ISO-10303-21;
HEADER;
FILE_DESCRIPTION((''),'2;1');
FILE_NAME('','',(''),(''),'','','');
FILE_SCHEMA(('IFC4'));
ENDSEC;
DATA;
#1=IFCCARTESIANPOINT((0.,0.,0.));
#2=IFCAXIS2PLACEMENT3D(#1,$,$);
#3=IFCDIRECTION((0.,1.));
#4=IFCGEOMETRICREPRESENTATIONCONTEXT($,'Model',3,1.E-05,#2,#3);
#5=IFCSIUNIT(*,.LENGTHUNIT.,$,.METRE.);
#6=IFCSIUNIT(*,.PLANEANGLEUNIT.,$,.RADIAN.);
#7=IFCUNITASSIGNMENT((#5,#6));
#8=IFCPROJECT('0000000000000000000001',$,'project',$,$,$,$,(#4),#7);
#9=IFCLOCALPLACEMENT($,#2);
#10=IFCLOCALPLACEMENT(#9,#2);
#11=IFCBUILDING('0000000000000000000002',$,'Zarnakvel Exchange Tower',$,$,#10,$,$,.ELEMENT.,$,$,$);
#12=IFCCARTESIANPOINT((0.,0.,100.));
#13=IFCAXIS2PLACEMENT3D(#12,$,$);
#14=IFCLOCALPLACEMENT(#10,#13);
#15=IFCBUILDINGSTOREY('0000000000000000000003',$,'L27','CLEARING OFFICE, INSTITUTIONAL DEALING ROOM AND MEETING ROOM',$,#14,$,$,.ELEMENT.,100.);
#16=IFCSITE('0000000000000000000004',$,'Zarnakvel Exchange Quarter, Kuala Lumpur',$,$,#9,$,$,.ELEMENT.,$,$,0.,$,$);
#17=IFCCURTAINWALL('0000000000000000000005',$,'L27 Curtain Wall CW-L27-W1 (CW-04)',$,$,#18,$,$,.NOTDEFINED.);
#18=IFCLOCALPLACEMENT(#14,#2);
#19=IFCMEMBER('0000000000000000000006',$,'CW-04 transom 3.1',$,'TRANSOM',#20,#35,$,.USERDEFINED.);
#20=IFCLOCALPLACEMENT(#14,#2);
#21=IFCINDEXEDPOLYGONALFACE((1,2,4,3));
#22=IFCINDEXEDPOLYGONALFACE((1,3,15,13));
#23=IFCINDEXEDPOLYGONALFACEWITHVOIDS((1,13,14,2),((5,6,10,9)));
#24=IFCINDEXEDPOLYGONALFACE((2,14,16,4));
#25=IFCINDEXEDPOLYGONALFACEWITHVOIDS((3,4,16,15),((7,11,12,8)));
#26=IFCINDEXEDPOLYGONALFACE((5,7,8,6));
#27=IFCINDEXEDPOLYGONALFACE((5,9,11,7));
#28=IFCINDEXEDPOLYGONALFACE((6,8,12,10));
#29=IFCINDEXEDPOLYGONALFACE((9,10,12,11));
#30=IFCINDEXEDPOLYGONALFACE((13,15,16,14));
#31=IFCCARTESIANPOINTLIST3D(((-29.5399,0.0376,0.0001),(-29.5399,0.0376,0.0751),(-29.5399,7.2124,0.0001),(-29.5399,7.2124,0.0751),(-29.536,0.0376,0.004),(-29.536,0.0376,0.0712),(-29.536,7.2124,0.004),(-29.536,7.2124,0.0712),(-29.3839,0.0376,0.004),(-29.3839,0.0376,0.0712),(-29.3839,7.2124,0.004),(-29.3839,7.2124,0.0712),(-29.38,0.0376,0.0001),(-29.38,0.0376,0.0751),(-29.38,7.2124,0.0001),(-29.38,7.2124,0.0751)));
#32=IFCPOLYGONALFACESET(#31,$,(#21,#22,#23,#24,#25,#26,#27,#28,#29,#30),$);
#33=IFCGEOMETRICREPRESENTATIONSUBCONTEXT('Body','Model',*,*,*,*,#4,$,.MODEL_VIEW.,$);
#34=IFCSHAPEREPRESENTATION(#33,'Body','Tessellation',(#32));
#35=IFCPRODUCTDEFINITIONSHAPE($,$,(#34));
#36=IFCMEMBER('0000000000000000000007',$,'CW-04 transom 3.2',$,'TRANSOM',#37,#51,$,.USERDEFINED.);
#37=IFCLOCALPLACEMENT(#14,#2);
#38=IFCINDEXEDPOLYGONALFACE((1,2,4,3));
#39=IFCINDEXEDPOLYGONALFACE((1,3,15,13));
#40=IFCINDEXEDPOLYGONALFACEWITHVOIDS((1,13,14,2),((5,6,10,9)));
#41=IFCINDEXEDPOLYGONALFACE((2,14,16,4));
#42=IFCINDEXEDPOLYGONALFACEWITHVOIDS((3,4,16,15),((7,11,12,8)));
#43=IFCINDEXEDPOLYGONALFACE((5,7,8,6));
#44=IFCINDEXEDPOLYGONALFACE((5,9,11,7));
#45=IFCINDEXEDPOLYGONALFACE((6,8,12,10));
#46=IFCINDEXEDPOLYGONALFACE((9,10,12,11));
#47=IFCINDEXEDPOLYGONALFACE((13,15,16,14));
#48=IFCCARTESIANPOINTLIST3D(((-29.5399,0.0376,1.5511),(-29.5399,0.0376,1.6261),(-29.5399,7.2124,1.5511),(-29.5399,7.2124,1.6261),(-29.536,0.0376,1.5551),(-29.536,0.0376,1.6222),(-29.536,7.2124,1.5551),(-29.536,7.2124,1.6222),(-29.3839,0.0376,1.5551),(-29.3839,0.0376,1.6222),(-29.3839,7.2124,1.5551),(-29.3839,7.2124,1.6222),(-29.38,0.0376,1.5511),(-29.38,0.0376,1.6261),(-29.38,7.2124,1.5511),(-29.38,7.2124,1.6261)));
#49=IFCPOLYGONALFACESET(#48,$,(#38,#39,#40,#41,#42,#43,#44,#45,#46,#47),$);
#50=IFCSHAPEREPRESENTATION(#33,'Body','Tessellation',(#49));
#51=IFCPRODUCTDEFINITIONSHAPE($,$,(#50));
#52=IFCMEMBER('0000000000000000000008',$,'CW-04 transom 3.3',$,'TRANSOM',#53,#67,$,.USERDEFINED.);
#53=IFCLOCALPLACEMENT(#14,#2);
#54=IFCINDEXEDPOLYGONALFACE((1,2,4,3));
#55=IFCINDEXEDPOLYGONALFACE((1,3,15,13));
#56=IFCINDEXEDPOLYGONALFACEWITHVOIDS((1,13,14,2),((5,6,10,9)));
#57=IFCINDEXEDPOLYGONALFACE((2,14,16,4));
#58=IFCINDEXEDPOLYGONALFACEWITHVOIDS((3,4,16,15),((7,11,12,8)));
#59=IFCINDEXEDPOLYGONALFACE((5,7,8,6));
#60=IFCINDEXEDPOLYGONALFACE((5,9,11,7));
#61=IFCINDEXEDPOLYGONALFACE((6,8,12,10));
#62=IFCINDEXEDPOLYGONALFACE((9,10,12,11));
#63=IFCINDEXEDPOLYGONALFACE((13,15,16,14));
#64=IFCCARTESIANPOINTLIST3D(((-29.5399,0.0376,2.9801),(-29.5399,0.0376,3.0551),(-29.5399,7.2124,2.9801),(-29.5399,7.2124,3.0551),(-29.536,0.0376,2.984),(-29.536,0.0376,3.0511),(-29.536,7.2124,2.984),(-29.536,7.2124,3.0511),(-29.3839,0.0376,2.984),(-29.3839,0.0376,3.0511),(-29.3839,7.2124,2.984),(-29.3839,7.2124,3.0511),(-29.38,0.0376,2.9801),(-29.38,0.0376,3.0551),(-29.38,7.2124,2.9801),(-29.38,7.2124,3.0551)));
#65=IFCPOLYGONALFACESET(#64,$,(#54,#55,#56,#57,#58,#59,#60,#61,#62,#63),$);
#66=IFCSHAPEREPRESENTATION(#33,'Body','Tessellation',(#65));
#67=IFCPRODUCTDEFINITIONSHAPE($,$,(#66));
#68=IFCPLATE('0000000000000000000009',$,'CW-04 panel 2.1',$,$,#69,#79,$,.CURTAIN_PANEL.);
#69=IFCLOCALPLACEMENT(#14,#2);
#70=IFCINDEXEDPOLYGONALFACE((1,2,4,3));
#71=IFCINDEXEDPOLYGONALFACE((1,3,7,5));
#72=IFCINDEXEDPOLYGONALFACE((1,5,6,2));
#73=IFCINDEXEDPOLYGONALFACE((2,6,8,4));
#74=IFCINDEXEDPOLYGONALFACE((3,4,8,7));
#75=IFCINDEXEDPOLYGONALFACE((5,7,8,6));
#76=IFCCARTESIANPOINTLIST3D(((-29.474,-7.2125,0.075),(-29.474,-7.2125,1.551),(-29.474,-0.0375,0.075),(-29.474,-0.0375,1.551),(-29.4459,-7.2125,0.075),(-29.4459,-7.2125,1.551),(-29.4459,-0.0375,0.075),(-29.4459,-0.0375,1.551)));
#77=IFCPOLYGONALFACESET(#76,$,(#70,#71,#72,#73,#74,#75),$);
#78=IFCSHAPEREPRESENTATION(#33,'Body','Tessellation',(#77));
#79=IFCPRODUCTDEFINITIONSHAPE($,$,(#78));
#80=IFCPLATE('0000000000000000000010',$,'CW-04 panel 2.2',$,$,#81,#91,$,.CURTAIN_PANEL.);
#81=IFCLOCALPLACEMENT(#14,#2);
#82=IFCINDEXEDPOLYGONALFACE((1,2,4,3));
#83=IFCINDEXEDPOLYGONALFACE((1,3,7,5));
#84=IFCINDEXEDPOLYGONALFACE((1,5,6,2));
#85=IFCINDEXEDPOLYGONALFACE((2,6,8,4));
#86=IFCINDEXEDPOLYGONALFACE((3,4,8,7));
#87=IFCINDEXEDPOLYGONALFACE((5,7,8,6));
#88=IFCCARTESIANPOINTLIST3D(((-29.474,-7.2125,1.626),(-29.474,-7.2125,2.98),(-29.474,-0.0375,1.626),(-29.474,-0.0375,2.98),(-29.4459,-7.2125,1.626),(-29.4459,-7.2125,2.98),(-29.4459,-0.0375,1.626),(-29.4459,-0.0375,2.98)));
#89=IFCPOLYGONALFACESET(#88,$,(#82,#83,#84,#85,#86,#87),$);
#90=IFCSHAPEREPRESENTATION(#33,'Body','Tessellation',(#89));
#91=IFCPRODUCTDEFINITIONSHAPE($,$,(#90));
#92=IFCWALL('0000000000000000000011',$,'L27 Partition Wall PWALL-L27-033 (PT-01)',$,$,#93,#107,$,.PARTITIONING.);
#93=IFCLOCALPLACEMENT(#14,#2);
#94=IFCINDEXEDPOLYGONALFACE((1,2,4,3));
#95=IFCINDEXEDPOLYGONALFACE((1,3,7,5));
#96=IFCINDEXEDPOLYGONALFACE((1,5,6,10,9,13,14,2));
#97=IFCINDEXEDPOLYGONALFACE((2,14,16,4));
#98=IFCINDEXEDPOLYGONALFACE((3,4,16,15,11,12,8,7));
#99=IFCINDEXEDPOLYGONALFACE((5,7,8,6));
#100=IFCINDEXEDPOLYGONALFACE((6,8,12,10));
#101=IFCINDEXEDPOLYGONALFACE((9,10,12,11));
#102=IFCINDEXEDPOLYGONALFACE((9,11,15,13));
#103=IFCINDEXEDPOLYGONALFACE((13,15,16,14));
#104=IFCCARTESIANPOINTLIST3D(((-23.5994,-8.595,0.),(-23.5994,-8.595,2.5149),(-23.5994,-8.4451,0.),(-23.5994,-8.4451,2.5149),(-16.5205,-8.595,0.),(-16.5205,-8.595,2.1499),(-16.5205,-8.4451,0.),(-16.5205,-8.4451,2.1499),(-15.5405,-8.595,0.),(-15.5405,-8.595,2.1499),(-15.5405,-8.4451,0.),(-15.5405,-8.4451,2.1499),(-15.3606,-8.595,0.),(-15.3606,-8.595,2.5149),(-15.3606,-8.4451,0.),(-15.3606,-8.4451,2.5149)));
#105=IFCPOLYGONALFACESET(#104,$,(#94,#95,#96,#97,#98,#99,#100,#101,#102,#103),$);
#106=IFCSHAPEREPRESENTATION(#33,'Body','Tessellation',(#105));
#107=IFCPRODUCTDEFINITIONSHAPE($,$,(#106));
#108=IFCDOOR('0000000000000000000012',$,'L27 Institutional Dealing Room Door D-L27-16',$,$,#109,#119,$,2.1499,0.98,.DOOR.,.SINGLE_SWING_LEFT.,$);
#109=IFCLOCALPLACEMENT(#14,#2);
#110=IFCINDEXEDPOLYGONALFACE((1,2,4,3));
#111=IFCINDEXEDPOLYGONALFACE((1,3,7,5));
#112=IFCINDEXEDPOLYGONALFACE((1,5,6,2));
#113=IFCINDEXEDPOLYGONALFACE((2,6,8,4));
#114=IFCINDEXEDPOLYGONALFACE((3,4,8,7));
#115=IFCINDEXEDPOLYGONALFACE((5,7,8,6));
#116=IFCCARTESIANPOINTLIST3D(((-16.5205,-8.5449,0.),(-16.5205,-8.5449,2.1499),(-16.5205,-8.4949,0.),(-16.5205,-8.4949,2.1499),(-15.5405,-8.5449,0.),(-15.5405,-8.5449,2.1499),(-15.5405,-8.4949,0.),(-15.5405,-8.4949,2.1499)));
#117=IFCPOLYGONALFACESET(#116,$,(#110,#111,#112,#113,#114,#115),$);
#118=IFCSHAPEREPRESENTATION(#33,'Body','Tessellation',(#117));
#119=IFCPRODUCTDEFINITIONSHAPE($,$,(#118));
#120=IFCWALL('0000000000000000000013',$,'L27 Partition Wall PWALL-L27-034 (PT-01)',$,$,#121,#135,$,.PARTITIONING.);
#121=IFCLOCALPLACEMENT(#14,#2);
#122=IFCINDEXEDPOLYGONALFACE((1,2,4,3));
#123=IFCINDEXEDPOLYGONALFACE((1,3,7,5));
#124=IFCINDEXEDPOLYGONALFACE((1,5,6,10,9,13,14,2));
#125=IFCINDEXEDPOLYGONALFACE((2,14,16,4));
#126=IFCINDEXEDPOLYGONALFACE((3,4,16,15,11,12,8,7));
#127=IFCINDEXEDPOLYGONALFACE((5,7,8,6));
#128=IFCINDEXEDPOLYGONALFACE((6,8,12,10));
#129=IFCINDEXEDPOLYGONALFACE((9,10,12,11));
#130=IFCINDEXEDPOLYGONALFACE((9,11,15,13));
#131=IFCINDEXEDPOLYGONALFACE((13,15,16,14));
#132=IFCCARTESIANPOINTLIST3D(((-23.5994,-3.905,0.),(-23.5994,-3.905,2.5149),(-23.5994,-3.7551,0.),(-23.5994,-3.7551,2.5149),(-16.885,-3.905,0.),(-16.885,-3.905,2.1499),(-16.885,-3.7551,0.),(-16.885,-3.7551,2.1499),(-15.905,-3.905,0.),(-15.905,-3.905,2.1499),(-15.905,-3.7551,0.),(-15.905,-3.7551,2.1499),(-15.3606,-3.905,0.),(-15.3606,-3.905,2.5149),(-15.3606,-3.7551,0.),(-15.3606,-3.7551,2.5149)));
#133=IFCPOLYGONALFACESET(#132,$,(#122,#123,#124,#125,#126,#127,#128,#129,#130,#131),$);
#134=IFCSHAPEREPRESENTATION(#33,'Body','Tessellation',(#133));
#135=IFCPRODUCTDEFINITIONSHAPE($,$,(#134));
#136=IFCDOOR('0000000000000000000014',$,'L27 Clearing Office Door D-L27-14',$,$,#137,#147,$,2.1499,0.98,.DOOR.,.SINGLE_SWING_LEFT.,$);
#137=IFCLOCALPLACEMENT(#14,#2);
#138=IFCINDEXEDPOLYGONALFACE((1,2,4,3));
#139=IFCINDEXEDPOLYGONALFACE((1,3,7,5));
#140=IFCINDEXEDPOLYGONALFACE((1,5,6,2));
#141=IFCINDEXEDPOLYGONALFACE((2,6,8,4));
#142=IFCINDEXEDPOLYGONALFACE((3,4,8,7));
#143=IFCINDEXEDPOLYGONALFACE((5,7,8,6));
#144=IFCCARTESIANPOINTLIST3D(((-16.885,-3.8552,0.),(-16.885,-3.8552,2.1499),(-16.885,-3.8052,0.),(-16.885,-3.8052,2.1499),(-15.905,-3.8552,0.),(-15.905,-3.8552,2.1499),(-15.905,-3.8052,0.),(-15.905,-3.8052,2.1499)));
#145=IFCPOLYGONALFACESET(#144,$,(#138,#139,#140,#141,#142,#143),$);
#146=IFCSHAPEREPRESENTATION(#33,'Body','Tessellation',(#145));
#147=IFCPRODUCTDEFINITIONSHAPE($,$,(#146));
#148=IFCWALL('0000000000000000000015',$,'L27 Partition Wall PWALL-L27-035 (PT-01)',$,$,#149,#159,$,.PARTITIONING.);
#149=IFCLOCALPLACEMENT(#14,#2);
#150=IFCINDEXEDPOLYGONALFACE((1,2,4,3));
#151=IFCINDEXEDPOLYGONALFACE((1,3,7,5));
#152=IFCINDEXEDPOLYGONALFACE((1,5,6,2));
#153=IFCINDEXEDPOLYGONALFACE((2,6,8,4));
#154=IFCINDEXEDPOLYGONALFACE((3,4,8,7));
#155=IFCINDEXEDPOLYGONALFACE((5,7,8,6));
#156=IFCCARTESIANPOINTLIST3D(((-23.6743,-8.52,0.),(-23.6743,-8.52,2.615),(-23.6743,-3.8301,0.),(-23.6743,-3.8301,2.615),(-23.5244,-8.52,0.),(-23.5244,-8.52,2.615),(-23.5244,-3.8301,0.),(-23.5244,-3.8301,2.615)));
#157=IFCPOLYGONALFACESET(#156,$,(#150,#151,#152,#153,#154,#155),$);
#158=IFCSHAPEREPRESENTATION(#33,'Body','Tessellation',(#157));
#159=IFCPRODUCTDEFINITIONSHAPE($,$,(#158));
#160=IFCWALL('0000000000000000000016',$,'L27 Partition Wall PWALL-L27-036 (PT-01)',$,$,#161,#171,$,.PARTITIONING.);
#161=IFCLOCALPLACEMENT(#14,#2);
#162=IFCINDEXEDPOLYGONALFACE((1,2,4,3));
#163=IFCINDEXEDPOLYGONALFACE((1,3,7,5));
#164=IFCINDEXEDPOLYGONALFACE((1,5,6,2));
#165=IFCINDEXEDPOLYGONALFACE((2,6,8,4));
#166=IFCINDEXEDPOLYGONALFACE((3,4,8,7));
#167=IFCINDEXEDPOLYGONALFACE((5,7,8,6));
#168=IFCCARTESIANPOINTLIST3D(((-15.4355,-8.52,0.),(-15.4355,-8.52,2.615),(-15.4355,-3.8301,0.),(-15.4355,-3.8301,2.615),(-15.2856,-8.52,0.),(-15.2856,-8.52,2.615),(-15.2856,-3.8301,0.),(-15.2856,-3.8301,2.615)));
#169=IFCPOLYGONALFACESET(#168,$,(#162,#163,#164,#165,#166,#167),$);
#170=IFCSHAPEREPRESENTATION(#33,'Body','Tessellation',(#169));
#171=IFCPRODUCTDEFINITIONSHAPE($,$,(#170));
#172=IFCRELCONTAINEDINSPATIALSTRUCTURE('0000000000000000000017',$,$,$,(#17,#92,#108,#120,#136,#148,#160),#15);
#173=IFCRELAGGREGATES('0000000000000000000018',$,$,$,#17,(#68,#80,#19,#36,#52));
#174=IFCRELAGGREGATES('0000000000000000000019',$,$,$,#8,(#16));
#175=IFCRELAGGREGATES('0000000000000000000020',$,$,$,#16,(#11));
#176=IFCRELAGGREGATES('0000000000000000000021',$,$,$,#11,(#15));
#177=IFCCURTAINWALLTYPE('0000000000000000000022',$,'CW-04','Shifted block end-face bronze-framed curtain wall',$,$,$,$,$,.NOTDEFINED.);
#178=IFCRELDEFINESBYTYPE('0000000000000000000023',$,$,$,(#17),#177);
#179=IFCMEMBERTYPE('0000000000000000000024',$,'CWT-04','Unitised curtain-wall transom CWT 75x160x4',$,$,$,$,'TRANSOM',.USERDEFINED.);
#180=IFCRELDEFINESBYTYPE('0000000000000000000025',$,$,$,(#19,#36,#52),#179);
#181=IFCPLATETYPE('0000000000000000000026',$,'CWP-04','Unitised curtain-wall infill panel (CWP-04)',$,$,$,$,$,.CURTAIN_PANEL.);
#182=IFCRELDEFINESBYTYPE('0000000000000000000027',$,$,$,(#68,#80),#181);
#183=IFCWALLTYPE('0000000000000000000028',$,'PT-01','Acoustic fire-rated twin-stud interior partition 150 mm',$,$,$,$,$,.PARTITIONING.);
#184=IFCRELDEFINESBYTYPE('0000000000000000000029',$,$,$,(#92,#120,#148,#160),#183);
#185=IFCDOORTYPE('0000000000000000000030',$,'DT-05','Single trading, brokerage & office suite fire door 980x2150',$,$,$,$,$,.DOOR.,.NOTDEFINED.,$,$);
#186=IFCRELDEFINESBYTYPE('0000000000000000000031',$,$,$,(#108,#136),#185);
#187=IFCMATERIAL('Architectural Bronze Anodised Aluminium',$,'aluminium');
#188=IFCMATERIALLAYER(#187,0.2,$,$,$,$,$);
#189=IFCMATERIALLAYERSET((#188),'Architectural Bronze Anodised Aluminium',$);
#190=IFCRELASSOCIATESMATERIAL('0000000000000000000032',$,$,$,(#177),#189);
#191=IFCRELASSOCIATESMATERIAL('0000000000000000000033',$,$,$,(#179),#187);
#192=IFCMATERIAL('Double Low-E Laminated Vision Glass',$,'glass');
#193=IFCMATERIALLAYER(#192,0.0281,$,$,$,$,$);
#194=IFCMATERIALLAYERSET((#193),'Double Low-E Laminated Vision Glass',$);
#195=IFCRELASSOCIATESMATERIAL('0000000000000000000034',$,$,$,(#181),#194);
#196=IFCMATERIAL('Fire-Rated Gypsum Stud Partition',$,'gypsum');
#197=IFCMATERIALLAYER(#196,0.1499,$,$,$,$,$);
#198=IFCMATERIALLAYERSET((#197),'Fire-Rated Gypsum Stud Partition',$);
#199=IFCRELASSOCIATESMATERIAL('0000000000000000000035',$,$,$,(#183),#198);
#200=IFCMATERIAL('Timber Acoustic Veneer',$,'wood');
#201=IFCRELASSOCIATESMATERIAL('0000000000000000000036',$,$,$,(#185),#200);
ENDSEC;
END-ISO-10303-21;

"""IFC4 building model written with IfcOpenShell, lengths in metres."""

from ifc_helpers import new_model, si_unit, direction, frame, frame_2d, origin, origin_2d, place, context, subcontext, project, spatial, rectangle, hollow_rectangle, extrude, source, transform, mapped, material, layer, layer_set, material_profile, profile_set, type_object, element, fill, aggregate, save


model = new_model("IFC4")

# Units and contexts
model_context = context("Model", 3, precision=1e-05, world=origin(), true_north=direction((0.0, 1.0)))
body_context = subcontext(model_context, "Body", "Model", "MODEL_VIEW")
ifc_project = project(units=[si_unit("LENGTHUNIT", "METRE"), si_unit("PLANEANGLEUNIT", "RADIAN")], contexts=[model_context])

# Site, building, storey
site_placement = place(None, origin())
site = spatial("IfcSite", under=ifc_project, at=site_placement, Name="Zarnakvel Exchange Quarter, Kuala Lumpur", CompositionType="ELEMENT", RefElevation=0.0)
building_placement = place(site_placement, origin())
building = spatial("IfcBuilding", under=site, at=building_placement, Name="Zarnakvel Exchange Tower", CompositionType="ELEMENT")
storey_placement = place(building_placement, frame((0.0, 0.0, 100.0)))
storey = spatial("IfcBuildingStorey", under=building, at=storey_placement, Name="L27", Description="CLEARING OFFICE, INSTITUTIONAL DEALING ROOM AND MEETING ROOM", CompositionType="ELEMENT", Elevation=100.0)

# Curtain wall, members, plates
ifc_material_1 = material(Name="Architectural Bronze Anodised Aluminium", Category="aluminium")
ifc_layer_1 = layer(ifc_material_1, 0.2)
ifc_layer_set_1 = layer_set([ifc_layer_1], Name="Architectural Bronze Anodised Aluminium")
curtain_wall_type = type_object("IfcCurtainWallType", Name="CW-04", Description="Shifted block end-face bronze-framed curtain wall", PredefinedType="NOTDEFINED", material=ifc_layer_set_1)
curtain_wall_placement = place(storey_placement, origin())
curtain_wall = element("IfcCurtainWall", 1, at=curtain_wall_placement, inside=storey, type_object=curtain_wall_type, Name="L27 Curtain Wall CW-L27-W1 (CW-04)", PredefinedType="NOTDEFINED")
ifc_material_profile_1 = material_profile(ifc_material_1, hollow_rectangle(XDim=0.1599, YDim=0.075, WallThickness=0.0039, at=origin_2d()))
ifc_profile_set_1 = profile_set([ifc_material_profile_1], Name="Architectural Bronze Anodised Aluminium")
member_type_1 = type_object("IfcMemberType", Name="CWT-04", Description="Unitised curtain-wall transom CWT 75x160x4", ElementType="TRANSOM", PredefinedType="USERDEFINED", material=ifc_profile_set_1)
shared_shape_1 = source(origin(), body_context, "Body", "SweptSolid", [
    extrude(hollow_rectangle(XDim=0.1599, YDim=0.075, WallThickness=0.0039, at=origin_2d()), origin(), (0.0, 0.0, 1.0), 7.1748),
])
member_1_placement = place(storey_placement, frame((-29.46, 0.0376, 0.0376), z_axis=(0.0, 1.0, 0.0), x_axis=(-1.0, 0.0, 0.0)))
member_1 = element("IfcMember", 2, at=member_1_placement, type_object=member_type_1, Name="CW-04 transom 3.1", ObjectType="TRANSOM", PredefinedType="USERDEFINED", context=body_context, shape_type="MappedRepresentation", body=[
    mapped(shared_shape_1, transform((0.0, 0.0, 0.0), x_axis=(1.0, 0.0, 0.0), y_axis=(0.0, 1.0, 0.0), z_axis=(0.0, 0.0, 1.0), scale=1.0)),
])
member_2_placement = place(storey_placement, frame((-29.46, 0.0376, 1.5886), z_axis=(0.0, 1.0, 0.0), x_axis=(-1.0, 0.0, 0.0)))
member_2 = element("IfcMember", 3, at=member_2_placement, type_object=member_type_1, Name="CW-04 transom 3.2", ObjectType="TRANSOM", PredefinedType="USERDEFINED", context=body_context, shape_type="MappedRepresentation", body=[
    mapped(shared_shape_1, transform((0.0, 0.0, 0.0), x_axis=(1.0, 0.0, 0.0), y_axis=(0.0, 1.0, 0.0), z_axis=(0.0, 0.0, 1.0), scale=1.0)),
])
member_3_placement = place(storey_placement, frame((-29.46, 0.0376, 3.0176), z_axis=(0.0, 1.0, 0.0), x_axis=(-1.0, 0.0, 0.0)))
member_3 = element("IfcMember", 4, at=member_3_placement, type_object=member_type_1, Name="CW-04 transom 3.3", ObjectType="TRANSOM", PredefinedType="USERDEFINED", context=body_context, shape_type="MappedRepresentation", body=[
    mapped(shared_shape_1, transform((0.0, 0.0, 0.0), x_axis=(1.0, 0.0, 0.0), y_axis=(0.0, 1.0, 0.0), z_axis=(0.0, 0.0, 1.0), scale=1.0)),
])
ifc_material_2 = material(Name="Double Low-E Laminated Vision Glass", Category="glass")
ifc_layer_2 = layer(ifc_material_2, 0.0281)
ifc_layer_set_2 = layer_set([ifc_layer_2], Name="Double Low-E Laminated Vision Glass")
plate_type = type_object("IfcPlateType", Name="CWP-04", Description="Unitised curtain-wall infill panel (CWP-04)", PredefinedType="CURTAIN_PANEL", material=ifc_layer_set_2)
shared_shape_2 = source(origin(), body_context, "Body", "SweptSolid", [
    extrude(rectangle(XDim=7.175, YDim=0.0281, at=origin_2d()), origin(), (0.0, 0.0, 1.0), 1.4761),
])
plate_1_placement = place(storey_placement, frame((-29.46, -3.625, 0.075), z_axis=(0.0, 0.0, 1.0), x_axis=(0.0, 1.0, 0.0)))
plate_1 = element("IfcPlate", 5, at=plate_1_placement, type_object=plate_type, Name="CW-04 panel 2.1", PredefinedType="CURTAIN_PANEL", context=body_context, shape_type="MappedRepresentation", body=[
    mapped(shared_shape_2, transform((0.0, 0.0, 0.0), x_axis=(1.0, 0.0, 0.0), y_axis=(0.0, 1.0, 0.0), z_axis=(0.0, 0.0, 1.0), scale=1.0)),
])
shared_shape_3 = source(origin(), body_context, "Body", "SweptSolid", [
    extrude(rectangle(XDim=7.175, YDim=0.0281, at=origin_2d()), origin(), (0.0, 0.0, 1.0), 1.354),
])
plate_2_placement = place(storey_placement, frame((-29.46, -3.625, 1.626), z_axis=(0.0, 0.0, 1.0), x_axis=(0.0, 1.0, 0.0)))
plate_2 = element("IfcPlate", 6, at=plate_2_placement, type_object=plate_type, Name="CW-04 panel 2.2", PredefinedType="CURTAIN_PANEL", context=body_context, shape_type="MappedRepresentation", body=[
    mapped(shared_shape_3, transform((0.0, 0.0, 0.0), x_axis=(1.0, 0.0, 0.0), y_axis=(0.0, 1.0, 0.0), z_axis=(0.0, 0.0, 1.0), scale=1.0)),
])
aggregate(curtain_wall, [plate_1, plate_2, member_1, member_2, member_3])

# Walls, openings, doors
ifc_material_3 = material(Name="Fire-Rated Gypsum Stud Partition", Category="gypsum")
ifc_layer_3 = layer(ifc_material_3, 0.1499)
ifc_layer_set_3 = layer_set([ifc_layer_3], Name="Fire-Rated Gypsum Stud Partition")
wall_type = type_object("IfcWallType", Name="PT-01", Description="Acoustic fire-rated twin-stud interior partition 150 mm", PredefinedType="PARTITIONING", material=ifc_layer_set_3)
wall_1_placement = place(storey_placement, frame((-15.3606, -8.52, 0.0), z_axis=(0.0, 0.0, 1.0), x_axis=(-1.0, 0.0, 0.0)))
wall_1 = element("IfcWall", 7, at=wall_1_placement, inside=storey, type_object=wall_type, Name="L27 Partition Wall PWALL-L27-033 (PT-01)", PredefinedType="PARTITIONING", context=body_context, shape_type="SweptSolid", body=[
    extrude(rectangle(XDim=8.2388, YDim=0.1499, at=frame_2d((4.1194, 0.0))), origin(), (0.0, 0.0, 1.0), 2.5149),
])
opening_1_placement = place(wall_1_placement, frame((0.1799, 0.0, 0.0)))
opening_1 = element("IfcOpeningElement", 8, at=opening_1_placement, cuts=wall_1, PredefinedType="OPENING", context=body_context, shape_type="SweptSolid", body=[
    extrude(rectangle(XDim=0.98, YDim=2.1499, at=frame_2d((0.49, 1.075))), frame((0.0, 0.085, 0.0), z_axis=(0.0, -1.0, 0.0), x_axis=(1.0, 0.0, 0.0)), (0.0, 0.0, 1.0), 0.1699),
])
ifc_material_4 = material(Name="Timber Acoustic Veneer", Category="wood")
door_type = type_object("IfcDoorType", Name="DT-05", Description="Single trading, brokerage & office suite fire door 980x2150", OperationType="NOTDEFINED", PredefinedType="DOOR", material=ifc_material_4)
shared_shape_4 = source(origin(), body_context, "Body", "SweptSolid", [
    extrude(rectangle(XDim=0.98, YDim=2.1499, at=frame_2d((0.49, 1.075))), frame((0.0, 0.0249, 0.0), z_axis=(0.0, -1.0, 0.0), x_axis=(1.0, 0.0, 0.0)), (0.0, 0.0, 1.0), 0.05),
])
door_1_placement = place(opening_1_placement, origin())
door_1 = element("IfcDoor", 9, at=door_1_placement, inside=storey, type_object=door_type, Name="L27 Institutional Dealing Room Door D-L27-16", OperationType="SINGLE_SWING_LEFT", OverallHeight=2.1499, OverallWidth=0.98, PredefinedType="DOOR", context=body_context, shape_type="MappedRepresentation", body=[
    mapped(shared_shape_4, transform((0.0, 0.0, 0.0), x_axis=(1.0, 0.0, 0.0), y_axis=(0.0, 1.0, 0.0), z_axis=(0.0, 0.0, 1.0), scale=1.0)),
])
fill(opening_1, door_1)
wall_2_placement = place(storey_placement, frame((-23.5994, -3.8301, 0.0), z_axis=(0.0, 0.0, 1.0), x_axis=(1.0, 0.0, 0.0)))
wall_2 = element("IfcWall", 10, at=wall_2_placement, inside=storey, type_object=wall_type, Name="L27 Partition Wall PWALL-L27-034 (PT-01)", PredefinedType="PARTITIONING", context=body_context, shape_type="SweptSolid", body=[
    extrude(rectangle(XDim=8.2388, YDim=0.1499, at=frame_2d((4.1194, 0.0))), origin(), (0.0, 0.0, 1.0), 2.5149),
])
opening_2_placement = place(wall_2_placement, frame((6.7144, 0.0, 0.0)))
opening_2 = element("IfcOpeningElement", 11, at=opening_2_placement, cuts=wall_2, PredefinedType="OPENING", context=body_context, shape_type="SweptSolid", body=[
    extrude(rectangle(XDim=0.98, YDim=2.1499, at=frame_2d((0.49, 1.075))), frame((0.0, 0.085, 0.0), z_axis=(0.0, -1.0, 0.0), x_axis=(1.0, 0.0, 0.0)), (0.0, 0.0, 1.0), 0.1699),
])
door_2_placement = place(opening_2_placement, origin())
door_2 = element("IfcDoor", 12, at=door_2_placement, inside=storey, type_object=door_type, Name="L27 Clearing Office Door D-L27-14", OperationType="SINGLE_SWING_LEFT", OverallHeight=2.1499, OverallWidth=0.98, PredefinedType="DOOR", context=body_context, shape_type="MappedRepresentation", body=[
    mapped(shared_shape_4, transform((0.0, 0.0, 0.0), x_axis=(1.0, 0.0, 0.0), y_axis=(0.0, 1.0, 0.0), z_axis=(0.0, 0.0, 1.0), scale=1.0)),
])
fill(opening_2, door_2)

# Walls
for number, where, z_axis, x_axis, name in (
    (13, (-23.5994, -8.52, 0.0), (0.0, 0.0, 1.0), (0.0, 1.0, 0.0), "L27 Partition Wall PWALL-L27-035 (PT-01)"),
    (14, (-15.3606, -3.8301, 0.0), (0.0, 0.0, 1.0), (0.0, -1.0, 0.0), "L27 Partition Wall PWALL-L27-036 (PT-01)"),
):
    element("IfcWall", number, at=place(storey_placement, frame(where, z_axis=z_axis, x_axis=x_axis)), inside=storey, type_object=wall_type, Name=name, PredefinedType="PARTITIONING", context=body_context, shape_type="SweptSolid", body=[
        extrude(rectangle(XDim=4.6899, YDim=0.1499, at=frame_2d((2.345, 0.0))), origin(), (0.0, 0.0, 1.0), 2.615),
    ])

save(model, "model.ifc")
